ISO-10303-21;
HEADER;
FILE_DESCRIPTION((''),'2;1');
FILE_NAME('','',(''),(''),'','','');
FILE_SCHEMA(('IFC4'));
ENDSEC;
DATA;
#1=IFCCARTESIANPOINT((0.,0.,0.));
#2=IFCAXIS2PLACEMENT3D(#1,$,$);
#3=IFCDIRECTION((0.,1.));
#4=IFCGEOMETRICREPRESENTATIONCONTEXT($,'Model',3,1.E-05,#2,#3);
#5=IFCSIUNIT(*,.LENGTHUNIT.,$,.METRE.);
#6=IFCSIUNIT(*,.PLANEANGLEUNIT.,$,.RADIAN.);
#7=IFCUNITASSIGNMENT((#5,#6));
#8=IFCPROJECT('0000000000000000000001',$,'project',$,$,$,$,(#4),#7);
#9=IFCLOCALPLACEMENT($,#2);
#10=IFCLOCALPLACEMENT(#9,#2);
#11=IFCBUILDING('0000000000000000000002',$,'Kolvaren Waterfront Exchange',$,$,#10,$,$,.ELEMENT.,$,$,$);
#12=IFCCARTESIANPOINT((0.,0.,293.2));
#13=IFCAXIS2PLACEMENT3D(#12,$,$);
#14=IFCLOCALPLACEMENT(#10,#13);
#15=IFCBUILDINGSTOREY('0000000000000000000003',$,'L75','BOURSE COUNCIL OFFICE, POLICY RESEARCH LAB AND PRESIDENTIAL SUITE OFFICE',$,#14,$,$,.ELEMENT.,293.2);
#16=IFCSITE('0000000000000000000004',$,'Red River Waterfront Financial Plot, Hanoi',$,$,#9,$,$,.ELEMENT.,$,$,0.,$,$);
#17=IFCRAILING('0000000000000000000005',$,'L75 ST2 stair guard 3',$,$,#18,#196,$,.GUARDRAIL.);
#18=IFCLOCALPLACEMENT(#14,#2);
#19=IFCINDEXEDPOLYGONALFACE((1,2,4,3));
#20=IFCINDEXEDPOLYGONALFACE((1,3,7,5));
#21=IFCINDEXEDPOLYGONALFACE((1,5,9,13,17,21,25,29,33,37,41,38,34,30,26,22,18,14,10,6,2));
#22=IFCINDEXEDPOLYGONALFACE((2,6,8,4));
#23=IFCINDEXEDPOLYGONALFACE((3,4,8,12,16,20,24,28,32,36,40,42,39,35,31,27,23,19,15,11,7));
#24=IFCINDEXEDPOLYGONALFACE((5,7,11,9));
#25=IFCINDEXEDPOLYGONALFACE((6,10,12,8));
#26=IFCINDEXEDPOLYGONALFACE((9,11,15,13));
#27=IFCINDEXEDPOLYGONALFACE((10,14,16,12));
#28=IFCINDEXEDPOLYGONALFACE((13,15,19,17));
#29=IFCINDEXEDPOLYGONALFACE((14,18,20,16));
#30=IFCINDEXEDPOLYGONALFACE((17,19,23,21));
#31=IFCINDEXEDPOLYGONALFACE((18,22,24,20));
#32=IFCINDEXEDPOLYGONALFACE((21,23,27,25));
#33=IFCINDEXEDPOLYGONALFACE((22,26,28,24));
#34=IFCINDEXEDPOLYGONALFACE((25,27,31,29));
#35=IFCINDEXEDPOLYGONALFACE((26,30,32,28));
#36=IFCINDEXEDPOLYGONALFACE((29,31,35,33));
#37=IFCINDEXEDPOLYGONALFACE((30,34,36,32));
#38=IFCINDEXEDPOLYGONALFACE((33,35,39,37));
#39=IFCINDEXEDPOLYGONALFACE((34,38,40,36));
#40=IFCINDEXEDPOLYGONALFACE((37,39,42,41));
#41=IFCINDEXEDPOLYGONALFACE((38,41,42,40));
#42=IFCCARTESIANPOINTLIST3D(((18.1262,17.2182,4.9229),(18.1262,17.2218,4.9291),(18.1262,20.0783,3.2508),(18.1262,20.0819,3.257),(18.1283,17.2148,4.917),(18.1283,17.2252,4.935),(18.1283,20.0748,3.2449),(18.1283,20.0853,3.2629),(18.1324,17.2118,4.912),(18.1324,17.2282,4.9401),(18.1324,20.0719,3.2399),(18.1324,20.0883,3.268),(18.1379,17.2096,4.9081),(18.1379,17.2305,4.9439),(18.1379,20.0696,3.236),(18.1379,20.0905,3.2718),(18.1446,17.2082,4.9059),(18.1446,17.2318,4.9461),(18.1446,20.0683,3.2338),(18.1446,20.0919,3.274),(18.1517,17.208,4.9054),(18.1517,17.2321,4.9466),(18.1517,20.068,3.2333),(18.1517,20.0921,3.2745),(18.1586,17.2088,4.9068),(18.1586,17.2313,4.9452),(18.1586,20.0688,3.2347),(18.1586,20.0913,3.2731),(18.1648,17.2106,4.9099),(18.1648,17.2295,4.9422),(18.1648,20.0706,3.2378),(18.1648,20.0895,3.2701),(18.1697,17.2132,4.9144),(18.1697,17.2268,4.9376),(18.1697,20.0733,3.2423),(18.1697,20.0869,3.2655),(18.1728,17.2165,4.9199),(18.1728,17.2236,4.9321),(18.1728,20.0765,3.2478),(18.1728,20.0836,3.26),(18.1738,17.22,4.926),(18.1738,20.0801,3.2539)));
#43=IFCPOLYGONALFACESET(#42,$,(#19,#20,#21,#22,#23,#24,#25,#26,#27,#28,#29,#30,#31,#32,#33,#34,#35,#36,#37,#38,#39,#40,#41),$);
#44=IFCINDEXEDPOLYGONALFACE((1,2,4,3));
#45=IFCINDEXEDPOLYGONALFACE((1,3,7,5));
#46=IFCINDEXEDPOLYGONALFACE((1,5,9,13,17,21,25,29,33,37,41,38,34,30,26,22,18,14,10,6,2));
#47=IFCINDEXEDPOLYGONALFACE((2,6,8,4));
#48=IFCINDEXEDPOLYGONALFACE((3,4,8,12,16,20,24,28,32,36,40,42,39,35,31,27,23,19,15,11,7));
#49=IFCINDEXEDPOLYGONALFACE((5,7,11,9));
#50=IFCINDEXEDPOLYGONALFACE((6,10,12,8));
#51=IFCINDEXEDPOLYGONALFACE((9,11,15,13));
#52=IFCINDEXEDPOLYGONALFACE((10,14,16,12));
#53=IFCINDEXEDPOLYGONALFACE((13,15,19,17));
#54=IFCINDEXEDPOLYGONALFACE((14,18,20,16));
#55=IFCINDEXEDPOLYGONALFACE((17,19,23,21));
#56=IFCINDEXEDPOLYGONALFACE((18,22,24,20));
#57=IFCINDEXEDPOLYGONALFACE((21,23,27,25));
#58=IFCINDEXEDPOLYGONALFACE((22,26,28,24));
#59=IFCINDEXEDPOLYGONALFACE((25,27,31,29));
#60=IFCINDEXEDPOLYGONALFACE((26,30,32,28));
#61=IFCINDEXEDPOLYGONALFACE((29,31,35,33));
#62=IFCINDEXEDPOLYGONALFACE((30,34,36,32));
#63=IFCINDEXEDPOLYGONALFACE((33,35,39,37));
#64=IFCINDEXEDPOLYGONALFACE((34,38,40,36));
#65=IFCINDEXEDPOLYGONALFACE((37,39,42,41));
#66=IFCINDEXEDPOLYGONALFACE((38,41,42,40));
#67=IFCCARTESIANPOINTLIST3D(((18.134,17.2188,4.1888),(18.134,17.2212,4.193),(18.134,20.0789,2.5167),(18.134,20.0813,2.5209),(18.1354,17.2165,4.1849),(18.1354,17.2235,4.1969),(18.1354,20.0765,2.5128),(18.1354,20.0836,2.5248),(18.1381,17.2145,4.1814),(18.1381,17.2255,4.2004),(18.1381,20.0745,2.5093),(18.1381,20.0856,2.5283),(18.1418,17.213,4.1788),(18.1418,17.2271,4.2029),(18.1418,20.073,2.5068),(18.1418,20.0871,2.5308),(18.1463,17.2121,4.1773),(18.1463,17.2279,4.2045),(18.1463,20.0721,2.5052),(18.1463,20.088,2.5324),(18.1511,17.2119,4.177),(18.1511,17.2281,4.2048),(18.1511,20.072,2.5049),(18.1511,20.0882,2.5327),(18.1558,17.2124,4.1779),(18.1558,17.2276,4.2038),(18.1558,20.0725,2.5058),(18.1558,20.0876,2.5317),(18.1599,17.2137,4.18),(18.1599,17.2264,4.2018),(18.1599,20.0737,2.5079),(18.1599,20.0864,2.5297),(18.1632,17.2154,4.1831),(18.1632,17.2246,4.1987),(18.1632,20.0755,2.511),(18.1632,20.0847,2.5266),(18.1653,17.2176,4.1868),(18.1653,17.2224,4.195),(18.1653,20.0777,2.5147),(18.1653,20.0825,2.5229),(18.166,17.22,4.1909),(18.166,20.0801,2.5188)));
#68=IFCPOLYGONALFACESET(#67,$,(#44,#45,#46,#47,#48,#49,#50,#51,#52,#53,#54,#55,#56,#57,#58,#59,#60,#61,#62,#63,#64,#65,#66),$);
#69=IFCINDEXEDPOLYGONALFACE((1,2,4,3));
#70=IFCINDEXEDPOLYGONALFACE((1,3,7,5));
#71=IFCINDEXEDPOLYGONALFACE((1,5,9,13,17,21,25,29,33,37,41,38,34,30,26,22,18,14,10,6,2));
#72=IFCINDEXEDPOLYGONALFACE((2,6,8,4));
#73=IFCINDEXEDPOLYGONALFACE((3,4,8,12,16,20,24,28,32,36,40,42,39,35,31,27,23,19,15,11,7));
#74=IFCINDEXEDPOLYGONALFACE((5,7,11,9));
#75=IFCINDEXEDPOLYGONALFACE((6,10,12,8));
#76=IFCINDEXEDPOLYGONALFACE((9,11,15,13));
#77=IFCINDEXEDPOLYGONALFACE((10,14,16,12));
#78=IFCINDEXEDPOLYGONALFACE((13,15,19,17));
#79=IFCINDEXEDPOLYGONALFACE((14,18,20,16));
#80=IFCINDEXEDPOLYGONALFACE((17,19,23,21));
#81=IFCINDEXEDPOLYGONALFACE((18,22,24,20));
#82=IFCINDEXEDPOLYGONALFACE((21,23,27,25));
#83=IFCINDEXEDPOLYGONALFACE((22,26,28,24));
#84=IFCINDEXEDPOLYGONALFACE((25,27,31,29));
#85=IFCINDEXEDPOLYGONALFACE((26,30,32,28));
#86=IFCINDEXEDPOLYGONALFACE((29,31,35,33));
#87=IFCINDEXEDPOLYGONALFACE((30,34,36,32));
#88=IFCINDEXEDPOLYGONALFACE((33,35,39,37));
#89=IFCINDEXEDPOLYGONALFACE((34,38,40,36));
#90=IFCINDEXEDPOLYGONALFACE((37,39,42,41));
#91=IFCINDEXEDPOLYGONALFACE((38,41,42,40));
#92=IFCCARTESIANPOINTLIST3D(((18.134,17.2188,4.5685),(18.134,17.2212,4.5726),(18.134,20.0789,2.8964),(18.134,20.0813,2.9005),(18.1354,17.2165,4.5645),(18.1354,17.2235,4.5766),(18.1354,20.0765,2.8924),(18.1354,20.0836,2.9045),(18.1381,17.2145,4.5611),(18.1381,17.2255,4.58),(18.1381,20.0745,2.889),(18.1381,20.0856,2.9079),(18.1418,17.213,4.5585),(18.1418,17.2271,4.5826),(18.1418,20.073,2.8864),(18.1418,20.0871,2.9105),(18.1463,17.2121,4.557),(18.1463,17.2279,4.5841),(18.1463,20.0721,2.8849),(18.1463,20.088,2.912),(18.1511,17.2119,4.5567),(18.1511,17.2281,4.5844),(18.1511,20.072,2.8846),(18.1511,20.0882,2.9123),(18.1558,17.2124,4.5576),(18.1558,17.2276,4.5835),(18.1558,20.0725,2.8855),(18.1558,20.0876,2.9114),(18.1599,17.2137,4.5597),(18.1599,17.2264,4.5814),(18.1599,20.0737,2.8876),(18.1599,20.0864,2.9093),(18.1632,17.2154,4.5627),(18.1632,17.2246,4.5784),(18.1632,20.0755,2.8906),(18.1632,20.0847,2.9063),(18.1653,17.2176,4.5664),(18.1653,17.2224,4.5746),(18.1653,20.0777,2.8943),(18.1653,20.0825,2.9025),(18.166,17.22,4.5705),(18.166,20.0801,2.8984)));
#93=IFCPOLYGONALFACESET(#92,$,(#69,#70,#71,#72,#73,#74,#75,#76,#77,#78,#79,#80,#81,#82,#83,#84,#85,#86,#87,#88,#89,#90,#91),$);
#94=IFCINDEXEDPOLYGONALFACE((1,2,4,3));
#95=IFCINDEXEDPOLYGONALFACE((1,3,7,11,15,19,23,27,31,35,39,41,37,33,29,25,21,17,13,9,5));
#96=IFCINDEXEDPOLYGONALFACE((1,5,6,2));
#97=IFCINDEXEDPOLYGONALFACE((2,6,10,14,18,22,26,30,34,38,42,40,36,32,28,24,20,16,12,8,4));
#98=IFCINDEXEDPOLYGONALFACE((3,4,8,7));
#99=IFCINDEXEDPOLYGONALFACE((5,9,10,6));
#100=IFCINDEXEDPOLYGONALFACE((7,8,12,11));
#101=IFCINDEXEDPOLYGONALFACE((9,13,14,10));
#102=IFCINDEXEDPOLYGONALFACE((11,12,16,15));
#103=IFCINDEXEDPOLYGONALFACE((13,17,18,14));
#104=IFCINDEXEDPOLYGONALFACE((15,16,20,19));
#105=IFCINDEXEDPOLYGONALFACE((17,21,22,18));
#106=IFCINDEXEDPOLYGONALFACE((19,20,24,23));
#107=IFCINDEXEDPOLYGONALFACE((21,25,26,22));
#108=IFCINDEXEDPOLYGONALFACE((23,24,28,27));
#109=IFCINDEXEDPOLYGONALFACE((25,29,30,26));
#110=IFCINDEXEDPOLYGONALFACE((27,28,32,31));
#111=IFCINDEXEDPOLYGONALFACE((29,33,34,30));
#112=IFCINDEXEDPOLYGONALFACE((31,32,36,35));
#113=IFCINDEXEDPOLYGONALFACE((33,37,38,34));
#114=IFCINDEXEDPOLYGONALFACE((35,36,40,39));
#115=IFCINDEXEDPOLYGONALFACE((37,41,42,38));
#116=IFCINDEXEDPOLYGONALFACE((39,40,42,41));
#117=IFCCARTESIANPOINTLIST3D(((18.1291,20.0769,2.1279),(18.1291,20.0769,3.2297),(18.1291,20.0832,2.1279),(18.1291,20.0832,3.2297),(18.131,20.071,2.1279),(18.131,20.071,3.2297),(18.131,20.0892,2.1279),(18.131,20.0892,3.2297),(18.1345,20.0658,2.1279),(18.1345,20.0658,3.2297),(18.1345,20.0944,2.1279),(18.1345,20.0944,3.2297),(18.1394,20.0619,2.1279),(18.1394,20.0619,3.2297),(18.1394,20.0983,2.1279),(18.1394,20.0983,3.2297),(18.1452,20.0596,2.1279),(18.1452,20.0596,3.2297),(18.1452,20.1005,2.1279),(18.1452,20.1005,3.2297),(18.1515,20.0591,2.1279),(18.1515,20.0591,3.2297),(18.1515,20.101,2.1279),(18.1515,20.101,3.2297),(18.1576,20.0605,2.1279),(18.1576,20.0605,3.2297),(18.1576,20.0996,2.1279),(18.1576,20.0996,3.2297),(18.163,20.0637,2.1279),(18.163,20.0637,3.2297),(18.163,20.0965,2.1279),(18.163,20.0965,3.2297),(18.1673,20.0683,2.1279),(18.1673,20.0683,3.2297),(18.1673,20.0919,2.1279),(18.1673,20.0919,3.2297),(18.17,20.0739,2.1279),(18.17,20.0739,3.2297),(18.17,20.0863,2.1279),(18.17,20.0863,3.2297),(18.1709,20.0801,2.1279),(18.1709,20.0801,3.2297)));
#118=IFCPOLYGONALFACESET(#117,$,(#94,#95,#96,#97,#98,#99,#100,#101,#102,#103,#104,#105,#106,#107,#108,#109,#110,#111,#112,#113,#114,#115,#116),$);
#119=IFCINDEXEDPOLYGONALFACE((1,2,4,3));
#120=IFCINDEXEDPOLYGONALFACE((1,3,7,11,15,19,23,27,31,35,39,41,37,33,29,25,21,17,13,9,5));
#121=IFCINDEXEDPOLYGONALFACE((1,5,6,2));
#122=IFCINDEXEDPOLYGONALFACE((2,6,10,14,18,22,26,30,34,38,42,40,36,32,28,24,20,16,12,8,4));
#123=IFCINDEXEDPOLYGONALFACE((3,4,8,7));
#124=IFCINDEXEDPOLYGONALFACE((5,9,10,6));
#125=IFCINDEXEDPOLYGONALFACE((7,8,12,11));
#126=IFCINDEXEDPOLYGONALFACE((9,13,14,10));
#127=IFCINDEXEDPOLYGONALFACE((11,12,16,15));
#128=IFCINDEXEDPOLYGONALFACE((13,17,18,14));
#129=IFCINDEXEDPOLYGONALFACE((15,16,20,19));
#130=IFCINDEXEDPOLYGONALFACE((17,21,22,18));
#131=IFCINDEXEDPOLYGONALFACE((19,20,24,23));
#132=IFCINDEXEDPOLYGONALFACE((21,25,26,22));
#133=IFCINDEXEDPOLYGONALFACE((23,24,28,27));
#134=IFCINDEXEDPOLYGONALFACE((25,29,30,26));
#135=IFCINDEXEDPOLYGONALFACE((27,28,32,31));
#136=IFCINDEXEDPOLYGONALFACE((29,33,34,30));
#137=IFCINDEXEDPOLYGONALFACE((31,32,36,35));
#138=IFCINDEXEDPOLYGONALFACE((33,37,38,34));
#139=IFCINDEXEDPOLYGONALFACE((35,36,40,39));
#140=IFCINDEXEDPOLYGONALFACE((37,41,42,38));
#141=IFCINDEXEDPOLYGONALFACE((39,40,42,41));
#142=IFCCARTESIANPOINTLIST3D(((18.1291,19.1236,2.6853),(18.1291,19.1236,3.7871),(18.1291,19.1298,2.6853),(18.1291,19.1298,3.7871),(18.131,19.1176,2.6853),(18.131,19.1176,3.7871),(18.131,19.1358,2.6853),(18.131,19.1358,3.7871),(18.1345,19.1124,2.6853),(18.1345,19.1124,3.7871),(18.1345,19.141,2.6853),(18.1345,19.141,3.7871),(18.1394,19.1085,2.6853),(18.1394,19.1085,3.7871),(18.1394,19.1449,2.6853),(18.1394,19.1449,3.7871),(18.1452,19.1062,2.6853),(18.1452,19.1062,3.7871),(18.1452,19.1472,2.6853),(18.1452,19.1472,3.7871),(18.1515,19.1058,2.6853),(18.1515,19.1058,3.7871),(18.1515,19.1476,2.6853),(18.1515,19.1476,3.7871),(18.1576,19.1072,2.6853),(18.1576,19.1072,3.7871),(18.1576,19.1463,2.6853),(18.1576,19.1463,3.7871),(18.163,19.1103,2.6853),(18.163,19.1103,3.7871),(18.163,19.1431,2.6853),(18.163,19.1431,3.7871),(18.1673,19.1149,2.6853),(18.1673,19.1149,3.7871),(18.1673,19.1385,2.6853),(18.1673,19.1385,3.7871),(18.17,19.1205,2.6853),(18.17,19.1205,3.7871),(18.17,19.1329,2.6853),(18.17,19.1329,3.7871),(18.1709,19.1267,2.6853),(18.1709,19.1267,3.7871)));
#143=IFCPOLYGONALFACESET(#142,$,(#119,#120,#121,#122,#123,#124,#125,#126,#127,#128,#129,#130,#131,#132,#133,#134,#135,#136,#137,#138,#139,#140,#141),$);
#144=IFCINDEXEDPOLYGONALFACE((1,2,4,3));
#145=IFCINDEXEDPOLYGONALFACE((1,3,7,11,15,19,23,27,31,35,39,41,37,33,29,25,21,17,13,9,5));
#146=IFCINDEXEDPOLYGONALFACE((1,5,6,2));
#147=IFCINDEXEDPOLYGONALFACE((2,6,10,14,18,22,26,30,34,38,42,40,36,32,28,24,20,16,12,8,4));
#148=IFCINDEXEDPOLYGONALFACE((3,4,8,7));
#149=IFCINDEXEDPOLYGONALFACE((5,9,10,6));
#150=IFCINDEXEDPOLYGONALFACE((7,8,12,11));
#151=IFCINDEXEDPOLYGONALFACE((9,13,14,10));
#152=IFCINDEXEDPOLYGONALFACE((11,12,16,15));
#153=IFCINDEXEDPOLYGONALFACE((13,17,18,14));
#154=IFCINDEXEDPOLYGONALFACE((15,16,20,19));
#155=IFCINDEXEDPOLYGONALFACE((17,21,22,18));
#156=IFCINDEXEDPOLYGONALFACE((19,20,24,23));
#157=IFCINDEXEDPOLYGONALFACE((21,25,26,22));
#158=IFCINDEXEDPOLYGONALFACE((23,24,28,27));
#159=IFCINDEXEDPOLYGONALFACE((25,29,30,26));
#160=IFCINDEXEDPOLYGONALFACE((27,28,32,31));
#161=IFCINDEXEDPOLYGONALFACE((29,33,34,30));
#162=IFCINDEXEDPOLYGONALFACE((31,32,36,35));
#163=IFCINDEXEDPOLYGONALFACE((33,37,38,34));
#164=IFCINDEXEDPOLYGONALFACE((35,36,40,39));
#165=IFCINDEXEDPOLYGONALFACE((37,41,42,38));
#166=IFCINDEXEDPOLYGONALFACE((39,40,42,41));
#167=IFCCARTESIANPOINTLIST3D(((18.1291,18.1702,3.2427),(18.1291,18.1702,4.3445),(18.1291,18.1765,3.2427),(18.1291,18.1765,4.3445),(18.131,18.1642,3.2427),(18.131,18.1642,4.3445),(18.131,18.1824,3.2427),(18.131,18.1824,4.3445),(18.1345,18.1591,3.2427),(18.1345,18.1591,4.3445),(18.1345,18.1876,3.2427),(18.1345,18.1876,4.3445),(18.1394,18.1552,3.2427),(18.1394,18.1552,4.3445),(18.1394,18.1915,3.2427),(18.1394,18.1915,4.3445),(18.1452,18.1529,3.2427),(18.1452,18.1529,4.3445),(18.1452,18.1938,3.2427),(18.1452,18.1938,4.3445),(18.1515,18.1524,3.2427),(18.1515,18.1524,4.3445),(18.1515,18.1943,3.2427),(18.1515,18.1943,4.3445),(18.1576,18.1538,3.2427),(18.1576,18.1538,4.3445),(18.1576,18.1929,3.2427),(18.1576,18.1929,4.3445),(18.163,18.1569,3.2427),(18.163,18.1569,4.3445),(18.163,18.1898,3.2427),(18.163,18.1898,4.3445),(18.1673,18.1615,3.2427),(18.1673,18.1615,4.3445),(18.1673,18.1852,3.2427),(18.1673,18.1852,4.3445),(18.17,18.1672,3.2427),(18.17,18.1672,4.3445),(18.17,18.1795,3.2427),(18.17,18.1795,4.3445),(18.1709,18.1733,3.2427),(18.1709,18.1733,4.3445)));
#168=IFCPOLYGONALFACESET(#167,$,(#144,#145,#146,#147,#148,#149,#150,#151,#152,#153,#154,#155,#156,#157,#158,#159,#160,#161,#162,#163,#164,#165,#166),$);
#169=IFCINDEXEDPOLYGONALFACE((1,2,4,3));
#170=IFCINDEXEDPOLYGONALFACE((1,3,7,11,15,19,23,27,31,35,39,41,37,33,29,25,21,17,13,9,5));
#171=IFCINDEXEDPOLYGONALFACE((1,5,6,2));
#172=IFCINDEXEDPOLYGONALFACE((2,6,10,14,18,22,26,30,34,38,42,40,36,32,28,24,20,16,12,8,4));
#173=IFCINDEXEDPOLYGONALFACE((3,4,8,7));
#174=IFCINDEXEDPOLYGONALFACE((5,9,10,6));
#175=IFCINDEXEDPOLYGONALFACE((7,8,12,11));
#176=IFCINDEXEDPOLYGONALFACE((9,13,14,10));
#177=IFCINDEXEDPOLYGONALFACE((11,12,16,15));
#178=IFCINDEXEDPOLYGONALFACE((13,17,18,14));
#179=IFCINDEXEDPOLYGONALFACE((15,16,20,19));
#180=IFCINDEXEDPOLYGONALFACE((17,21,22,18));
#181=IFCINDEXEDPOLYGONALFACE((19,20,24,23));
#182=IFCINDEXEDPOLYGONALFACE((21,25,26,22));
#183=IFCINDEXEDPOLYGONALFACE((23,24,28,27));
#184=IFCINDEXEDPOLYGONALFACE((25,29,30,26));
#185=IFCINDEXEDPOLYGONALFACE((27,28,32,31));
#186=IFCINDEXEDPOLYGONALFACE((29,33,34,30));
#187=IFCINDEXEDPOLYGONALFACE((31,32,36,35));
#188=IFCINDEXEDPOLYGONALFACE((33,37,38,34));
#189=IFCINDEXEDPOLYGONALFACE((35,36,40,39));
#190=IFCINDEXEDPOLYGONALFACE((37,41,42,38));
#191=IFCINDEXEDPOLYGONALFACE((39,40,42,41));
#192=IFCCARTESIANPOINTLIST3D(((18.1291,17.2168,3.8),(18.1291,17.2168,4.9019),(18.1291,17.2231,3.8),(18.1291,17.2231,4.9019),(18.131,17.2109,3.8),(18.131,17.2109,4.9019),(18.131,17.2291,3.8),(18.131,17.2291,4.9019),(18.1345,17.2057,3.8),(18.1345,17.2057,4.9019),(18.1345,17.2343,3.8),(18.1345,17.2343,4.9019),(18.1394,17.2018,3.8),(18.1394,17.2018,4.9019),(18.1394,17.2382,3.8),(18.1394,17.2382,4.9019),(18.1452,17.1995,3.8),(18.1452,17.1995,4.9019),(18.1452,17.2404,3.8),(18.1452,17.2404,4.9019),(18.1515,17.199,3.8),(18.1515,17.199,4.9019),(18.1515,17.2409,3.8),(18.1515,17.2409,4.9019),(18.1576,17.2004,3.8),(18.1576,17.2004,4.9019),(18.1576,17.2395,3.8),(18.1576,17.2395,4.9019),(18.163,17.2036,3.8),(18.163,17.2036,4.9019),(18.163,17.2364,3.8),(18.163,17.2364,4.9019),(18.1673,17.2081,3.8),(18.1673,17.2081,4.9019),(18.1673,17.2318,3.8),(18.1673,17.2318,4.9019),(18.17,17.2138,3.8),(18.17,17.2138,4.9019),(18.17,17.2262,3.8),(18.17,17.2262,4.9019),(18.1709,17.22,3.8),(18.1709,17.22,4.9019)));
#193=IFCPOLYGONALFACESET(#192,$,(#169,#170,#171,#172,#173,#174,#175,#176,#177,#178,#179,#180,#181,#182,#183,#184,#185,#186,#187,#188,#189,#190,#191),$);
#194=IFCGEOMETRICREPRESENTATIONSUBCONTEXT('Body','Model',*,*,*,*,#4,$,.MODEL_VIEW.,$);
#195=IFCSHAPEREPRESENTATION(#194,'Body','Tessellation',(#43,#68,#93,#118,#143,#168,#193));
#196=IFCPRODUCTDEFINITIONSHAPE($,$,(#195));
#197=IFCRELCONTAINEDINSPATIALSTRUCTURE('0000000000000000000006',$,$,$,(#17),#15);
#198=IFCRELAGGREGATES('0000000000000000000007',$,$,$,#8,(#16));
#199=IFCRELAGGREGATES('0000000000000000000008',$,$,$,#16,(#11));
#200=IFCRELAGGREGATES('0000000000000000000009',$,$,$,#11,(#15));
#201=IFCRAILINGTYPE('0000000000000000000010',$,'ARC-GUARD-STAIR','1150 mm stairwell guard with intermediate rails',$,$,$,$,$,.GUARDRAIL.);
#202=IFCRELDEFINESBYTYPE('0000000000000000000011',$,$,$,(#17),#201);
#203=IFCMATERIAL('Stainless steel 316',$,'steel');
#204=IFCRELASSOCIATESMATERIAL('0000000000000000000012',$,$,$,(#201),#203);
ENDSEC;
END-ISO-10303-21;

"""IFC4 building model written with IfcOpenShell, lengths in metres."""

from ifc_helpers import new_model, si_unit, direction, frame, origin, origin_2d, place, context, subcontext, project, spatial, circle, extrude, material, type_object, element, save


model = new_model("IFC4")

# Units and contexts
model_context = context("Model", 3, precision=1e-05, world=origin(), true_north=direction((0.0, 1.0)))
body_context = subcontext(model_context, "Body", "Model", "MODEL_VIEW")
ifc_project = project(units=[si_unit("LENGTHUNIT", "METRE"), si_unit("PLANEANGLEUNIT", "RADIAN")], contexts=[model_context])

# Site, building, storey
site_placement = place(None, origin())
site = spatial("IfcSite", under=ifc_project, at=site_placement, Name="Red River Waterfront Financial Plot, Hanoi", CompositionType="ELEMENT", RefElevation=0.0)
building_placement = place(site_placement, origin())
building = spatial("IfcBuilding", under=site, at=building_placement, Name="Kolvaren Waterfront Exchange", CompositionType="ELEMENT")
storey_placement = place(building_placement, frame((0.0, 0.0, 293.2)))
storey = spatial("IfcBuildingStorey", under=building, at=storey_placement, Name="L75", Description="BOURSE COUNCIL OFFICE, POLICY RESEARCH LAB AND PRESIDENTIAL SUITE OFFICE", CompositionType="ELEMENT", Elevation=293.2)

# Railing
ifc_material_1 = material(Name="Stainless steel 316", Category="steel")
railing_type = type_object("IfcRailingType", Name="ARC-GUARD-STAIR", Description="1150 mm stairwell guard with intermediate rails", PredefinedType="GUARDRAIL", material=ifc_material_1)
railing_placement = place(storey_placement, frame((18.1499, 20.0801, 2.1279)))
element("IfcRailing", 1, at=railing_placement, inside=storey, type_object=railing_type, Name="L75 ST2 stair guard 3", PredefinedType="GUARDRAIL", context=body_context, shape_type="SweptSolid", body=[
    extrude(circle(Radius=0.0239, at=origin_2d()), frame((0.0, 0.0, 1.126), z_axis=(0.0, -0.863289, 0.504709), x_axis=(1.0, 0.0, 0.0)), (0.0, 0.0, 1.0), 3.313),
    extrude(circle(Radius=0.0161, at=origin_2d()), frame((0.0, 0.0, 0.3909), z_axis=(0.0, -0.863289, 0.504709), x_axis=(1.0, 0.0, 0.0)), (0.0, 0.0, 1.0), 3.313),
    extrude(circle(Radius=0.0161, at=origin_2d()), frame((0.0, 0.0, 0.7705), z_axis=(0.0, -0.863289, 0.504709), x_axis=(1.0, 0.0, 0.0)), (0.0, 0.0, 1.0), 3.313),
    extrude(circle(Radius=0.021, at=origin_2d()), origin(), (0.0, 0.0, 1.0), 1.1018),
    extrude(circle(Radius=0.021, at=origin_2d()), frame((0.0, -0.9534, 0.5574)), (0.0, 0.0, 1.0), 1.1018),
    extrude(circle(Radius=0.021, at=origin_2d()), frame((0.0, -1.9067, 1.1147)), (0.0, 0.0, 1.0), 1.1018),
    extrude(circle(Radius=0.021, at=origin_2d()), frame((0.0, -2.8601, 1.6721)), (0.0, 0.0, 1.0), 1.1018),
])

save(model, "model.ifc")
